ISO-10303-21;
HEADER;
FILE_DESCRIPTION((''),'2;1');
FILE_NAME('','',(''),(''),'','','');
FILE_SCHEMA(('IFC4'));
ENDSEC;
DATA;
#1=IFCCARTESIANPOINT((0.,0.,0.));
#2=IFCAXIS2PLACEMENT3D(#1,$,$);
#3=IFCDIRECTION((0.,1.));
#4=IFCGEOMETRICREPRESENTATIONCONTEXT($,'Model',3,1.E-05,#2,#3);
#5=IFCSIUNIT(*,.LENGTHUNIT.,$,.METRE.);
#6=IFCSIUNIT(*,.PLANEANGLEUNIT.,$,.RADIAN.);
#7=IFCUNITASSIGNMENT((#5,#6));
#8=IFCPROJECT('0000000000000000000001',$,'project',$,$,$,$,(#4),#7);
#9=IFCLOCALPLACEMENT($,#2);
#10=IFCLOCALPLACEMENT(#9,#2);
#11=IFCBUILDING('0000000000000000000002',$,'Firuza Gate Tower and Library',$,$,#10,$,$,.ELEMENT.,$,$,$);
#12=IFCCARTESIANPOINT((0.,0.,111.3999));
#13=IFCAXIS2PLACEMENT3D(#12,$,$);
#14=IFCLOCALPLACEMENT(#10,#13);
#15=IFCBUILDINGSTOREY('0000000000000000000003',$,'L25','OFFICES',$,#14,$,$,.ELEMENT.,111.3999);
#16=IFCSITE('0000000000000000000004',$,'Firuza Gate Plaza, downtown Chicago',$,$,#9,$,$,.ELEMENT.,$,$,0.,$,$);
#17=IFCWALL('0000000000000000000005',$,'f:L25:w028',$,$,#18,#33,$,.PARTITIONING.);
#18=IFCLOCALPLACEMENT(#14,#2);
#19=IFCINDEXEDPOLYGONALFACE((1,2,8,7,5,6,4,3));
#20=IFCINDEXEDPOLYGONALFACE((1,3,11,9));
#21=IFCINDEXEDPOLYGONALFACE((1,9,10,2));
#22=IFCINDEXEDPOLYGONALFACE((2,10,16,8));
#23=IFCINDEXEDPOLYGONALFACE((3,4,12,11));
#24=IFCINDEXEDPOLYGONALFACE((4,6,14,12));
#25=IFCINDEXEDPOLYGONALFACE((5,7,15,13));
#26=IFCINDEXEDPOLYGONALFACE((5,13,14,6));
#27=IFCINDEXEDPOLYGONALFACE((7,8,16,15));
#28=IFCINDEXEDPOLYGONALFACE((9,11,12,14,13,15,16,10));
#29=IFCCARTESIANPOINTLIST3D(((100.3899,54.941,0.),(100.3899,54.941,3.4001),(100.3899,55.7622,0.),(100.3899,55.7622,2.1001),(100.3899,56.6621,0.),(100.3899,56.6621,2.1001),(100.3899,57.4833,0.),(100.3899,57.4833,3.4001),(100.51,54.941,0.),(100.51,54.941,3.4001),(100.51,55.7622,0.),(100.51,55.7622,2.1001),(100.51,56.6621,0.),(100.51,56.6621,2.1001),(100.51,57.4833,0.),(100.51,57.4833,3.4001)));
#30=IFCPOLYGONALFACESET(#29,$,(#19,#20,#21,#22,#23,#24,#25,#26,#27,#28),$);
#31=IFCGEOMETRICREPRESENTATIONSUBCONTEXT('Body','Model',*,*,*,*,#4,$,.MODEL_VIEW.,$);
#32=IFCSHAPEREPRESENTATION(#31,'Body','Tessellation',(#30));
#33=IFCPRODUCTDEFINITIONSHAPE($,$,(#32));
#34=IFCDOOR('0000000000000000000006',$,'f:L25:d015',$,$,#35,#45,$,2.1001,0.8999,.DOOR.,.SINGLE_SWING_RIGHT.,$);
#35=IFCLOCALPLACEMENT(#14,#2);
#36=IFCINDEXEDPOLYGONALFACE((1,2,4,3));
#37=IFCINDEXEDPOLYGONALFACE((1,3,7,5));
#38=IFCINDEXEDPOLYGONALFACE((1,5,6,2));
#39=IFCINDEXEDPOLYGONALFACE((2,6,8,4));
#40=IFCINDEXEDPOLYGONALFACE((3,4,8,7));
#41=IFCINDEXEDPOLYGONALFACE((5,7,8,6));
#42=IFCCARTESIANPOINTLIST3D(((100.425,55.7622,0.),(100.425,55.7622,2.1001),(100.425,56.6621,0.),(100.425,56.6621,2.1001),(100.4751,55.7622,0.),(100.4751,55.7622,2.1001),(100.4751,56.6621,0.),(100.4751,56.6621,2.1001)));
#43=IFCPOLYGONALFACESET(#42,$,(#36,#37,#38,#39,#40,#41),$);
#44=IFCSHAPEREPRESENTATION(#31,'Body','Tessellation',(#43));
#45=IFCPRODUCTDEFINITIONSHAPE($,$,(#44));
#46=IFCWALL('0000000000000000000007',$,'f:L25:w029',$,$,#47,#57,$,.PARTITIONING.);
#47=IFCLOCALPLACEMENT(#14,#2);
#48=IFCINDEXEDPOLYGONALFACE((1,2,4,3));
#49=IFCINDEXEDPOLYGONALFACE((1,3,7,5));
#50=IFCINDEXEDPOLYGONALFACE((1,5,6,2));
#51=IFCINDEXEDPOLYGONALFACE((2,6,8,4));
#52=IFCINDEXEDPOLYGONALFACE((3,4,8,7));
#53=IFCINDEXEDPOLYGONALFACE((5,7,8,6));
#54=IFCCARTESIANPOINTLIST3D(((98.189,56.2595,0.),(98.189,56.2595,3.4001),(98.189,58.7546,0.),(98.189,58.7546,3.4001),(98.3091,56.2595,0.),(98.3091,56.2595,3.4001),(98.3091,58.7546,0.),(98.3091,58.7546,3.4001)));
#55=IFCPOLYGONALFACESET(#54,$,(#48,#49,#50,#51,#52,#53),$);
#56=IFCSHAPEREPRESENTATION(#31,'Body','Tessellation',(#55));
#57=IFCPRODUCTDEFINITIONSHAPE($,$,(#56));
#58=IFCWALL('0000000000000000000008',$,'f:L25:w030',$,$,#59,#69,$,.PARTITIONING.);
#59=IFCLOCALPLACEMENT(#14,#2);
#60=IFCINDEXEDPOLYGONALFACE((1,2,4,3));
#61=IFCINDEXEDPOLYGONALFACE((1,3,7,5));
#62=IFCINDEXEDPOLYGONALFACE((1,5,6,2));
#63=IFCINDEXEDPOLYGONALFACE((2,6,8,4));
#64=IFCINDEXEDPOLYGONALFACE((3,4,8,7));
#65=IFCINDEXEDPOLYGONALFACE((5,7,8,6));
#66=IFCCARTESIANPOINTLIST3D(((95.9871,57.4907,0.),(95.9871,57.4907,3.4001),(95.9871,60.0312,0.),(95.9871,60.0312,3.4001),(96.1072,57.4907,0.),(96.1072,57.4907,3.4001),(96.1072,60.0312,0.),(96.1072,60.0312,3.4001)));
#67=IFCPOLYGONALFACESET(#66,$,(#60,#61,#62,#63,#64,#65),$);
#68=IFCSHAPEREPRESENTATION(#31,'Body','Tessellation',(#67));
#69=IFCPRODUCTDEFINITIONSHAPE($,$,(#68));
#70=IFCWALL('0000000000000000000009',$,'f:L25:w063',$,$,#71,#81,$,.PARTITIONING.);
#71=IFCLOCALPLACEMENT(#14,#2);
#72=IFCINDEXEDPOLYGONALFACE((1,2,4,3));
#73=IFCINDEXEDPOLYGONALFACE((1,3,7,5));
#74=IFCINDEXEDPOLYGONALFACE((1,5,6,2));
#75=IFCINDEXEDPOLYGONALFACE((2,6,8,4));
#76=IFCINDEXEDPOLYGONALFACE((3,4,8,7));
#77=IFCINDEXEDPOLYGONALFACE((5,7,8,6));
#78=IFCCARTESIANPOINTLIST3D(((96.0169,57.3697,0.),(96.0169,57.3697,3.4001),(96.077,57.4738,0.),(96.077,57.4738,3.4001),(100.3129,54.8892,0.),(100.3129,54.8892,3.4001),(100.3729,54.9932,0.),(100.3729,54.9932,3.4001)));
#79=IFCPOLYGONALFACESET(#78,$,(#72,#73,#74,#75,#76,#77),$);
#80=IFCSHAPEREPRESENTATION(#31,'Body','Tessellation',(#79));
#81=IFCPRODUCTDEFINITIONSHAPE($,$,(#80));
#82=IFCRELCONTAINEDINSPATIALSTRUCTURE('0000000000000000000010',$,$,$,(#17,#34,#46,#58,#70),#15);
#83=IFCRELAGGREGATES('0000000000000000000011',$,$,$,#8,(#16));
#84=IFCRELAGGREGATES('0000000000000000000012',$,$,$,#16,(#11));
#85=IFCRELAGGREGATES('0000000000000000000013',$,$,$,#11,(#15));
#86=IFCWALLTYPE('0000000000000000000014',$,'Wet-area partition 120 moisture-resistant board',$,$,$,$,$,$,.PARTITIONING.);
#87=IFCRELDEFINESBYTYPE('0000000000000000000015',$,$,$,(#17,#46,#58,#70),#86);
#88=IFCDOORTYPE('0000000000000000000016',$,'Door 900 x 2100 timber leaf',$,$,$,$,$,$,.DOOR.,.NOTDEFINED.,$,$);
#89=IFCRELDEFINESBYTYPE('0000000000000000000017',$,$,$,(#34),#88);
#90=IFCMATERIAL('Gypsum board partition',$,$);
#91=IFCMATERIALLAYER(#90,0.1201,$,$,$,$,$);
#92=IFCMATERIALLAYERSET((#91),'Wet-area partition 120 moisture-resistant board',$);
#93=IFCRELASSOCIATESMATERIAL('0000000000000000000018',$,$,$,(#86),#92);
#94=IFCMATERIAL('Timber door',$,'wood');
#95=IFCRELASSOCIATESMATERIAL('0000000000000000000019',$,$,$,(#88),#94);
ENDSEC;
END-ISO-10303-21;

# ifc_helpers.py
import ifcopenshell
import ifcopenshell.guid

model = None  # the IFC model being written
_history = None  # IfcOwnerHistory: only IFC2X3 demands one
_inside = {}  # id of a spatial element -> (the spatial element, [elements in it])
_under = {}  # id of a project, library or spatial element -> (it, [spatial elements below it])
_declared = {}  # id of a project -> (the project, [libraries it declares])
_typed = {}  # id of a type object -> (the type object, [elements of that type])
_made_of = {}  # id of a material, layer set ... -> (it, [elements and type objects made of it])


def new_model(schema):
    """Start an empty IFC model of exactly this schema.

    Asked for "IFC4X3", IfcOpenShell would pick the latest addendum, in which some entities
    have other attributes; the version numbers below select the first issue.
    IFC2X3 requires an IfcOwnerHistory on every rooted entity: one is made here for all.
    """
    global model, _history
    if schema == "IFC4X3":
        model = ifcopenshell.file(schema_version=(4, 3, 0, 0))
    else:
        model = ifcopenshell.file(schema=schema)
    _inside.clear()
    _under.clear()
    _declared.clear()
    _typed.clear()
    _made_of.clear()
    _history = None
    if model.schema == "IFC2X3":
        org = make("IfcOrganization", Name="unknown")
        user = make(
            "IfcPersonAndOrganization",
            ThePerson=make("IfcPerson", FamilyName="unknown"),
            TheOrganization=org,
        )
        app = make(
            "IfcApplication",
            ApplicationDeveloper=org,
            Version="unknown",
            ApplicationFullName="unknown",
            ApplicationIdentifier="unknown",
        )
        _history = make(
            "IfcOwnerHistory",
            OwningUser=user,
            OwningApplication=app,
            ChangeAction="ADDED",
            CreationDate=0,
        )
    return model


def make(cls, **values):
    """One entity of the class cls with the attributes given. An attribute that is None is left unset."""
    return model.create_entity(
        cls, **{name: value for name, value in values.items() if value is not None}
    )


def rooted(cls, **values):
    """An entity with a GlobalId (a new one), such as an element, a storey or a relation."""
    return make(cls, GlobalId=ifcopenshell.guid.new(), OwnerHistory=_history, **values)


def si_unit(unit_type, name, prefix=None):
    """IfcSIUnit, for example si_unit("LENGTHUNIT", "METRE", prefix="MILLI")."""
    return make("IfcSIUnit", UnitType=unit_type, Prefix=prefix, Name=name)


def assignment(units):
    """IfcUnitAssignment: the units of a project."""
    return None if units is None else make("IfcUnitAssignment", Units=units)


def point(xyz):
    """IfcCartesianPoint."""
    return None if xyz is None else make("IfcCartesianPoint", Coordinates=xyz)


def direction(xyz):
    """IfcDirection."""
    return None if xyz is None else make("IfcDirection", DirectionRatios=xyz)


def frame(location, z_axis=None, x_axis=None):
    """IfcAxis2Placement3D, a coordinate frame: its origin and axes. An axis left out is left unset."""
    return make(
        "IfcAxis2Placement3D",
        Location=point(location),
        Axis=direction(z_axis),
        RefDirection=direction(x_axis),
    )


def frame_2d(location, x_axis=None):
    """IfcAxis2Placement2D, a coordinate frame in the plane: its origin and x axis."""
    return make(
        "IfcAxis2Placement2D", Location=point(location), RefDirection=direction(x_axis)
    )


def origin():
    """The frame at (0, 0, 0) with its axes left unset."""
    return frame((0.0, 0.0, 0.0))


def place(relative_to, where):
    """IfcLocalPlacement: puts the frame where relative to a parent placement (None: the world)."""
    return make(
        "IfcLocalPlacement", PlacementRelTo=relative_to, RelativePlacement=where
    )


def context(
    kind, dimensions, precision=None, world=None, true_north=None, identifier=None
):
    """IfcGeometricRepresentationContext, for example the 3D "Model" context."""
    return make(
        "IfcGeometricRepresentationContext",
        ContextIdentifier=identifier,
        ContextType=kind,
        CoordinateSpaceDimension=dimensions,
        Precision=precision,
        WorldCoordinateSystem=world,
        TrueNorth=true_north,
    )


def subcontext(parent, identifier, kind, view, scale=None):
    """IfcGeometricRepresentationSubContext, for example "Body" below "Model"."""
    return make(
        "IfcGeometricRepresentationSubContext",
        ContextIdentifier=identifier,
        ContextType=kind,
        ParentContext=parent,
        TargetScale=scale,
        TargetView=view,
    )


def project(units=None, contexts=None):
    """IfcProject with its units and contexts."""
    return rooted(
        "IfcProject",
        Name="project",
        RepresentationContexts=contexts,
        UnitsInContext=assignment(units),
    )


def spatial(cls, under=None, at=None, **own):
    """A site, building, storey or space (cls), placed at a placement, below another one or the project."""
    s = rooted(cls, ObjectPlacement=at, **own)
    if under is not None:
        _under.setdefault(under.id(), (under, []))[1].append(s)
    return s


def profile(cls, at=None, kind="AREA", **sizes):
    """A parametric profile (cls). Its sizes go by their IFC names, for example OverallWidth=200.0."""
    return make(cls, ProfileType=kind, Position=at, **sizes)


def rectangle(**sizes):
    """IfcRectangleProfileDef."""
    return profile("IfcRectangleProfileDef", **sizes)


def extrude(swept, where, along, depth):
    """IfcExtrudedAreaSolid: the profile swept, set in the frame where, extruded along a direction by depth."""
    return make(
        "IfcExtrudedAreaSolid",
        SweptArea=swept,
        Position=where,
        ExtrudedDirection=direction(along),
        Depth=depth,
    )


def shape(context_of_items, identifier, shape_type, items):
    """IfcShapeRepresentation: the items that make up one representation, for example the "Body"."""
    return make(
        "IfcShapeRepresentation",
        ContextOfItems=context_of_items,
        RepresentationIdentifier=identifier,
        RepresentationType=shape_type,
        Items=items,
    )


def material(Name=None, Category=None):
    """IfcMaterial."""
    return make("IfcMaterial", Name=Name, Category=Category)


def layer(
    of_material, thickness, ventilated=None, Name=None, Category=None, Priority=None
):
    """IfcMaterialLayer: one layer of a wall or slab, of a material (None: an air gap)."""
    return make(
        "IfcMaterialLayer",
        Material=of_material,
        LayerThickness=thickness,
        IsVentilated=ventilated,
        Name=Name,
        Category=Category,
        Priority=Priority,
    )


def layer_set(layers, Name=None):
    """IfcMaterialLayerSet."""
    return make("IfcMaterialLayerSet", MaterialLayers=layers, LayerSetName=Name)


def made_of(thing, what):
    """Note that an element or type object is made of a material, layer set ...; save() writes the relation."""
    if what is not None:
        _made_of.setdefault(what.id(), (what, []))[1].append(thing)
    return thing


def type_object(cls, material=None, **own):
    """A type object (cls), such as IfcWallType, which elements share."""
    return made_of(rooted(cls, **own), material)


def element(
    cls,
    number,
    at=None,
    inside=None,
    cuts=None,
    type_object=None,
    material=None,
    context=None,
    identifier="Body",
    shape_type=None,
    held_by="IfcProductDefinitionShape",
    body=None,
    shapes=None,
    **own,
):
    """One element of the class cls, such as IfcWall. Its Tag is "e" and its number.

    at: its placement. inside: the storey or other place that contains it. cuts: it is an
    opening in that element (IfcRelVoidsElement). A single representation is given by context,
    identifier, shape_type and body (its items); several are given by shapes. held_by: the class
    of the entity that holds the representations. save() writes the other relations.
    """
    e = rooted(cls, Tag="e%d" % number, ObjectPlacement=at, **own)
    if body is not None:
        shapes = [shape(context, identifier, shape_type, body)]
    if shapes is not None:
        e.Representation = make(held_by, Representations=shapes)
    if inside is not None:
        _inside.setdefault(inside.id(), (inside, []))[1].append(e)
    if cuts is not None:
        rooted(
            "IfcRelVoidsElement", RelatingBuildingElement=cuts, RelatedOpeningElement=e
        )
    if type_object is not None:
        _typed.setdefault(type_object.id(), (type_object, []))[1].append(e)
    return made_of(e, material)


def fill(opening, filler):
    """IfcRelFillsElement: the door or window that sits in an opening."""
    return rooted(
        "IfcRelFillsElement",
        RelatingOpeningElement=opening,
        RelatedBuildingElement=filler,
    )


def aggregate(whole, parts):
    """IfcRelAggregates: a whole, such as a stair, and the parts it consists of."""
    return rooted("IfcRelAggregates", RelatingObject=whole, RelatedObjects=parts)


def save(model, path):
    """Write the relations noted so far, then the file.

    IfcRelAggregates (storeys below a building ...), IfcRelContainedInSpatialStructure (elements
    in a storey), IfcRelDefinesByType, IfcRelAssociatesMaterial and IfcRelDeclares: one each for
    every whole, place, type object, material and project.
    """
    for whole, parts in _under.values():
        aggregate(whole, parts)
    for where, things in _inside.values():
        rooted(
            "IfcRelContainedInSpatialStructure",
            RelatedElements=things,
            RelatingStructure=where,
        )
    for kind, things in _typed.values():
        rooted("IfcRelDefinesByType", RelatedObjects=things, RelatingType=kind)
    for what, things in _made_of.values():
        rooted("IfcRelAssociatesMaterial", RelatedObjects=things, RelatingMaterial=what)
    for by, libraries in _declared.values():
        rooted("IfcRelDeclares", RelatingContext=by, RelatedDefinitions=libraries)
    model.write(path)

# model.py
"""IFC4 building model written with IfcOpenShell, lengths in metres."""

from ifc_helpers import new_model, si_unit, direction, frame, frame_2d, origin, place, context, subcontext, project, spatial, rectangle, extrude, material, layer, layer_set, type_object, element, fill, save


model = new_model("IFC4")

# Units and contexts
model_context = context("Model", 3, precision=1e-05, world=origin(), true_north=direction((0.0, 1.0)))
body_context = subcontext(model_context, "Body", "Model", "MODEL_VIEW")
ifc_project = project(units=[si_unit("LENGTHUNIT", "METRE"), si_unit("PLANEANGLEUNIT", "RADIAN")], contexts=[model_context])

# Site, building, storey
site_placement = place(None, origin())
site = spatial("IfcSite", under=ifc_project, at=site_placement, Name="Firuza Gate Plaza, downtown Chicago", CompositionType="ELEMENT", RefElevation=0.0)
building_placement = place(site_placement, origin())
building = spatial("IfcBuilding", under=site, at=building_placement, Name="Firuza Gate Tower and Library", CompositionType="ELEMENT")
storey_placement = place(building_placement, frame((0.0, 0.0, 111.3999)))
storey = spatial("IfcBuildingStorey", under=building, at=storey_placement, Name="L25", Description="OFFICES", CompositionType="ELEMENT", Elevation=111.3999)

# Shared definitions
ifc_material_1 = material(Name="Gypsum board partition")
ifc_layer_1 = layer(ifc_material_1, 0.1201)
ifc_layer_set_1 = layer_set([ifc_layer_1], Name="Wet-area partition 120 moisture-resistant board")
wall_type_1 = type_object("IfcWallType", Name="Wet-area partition 120 moisture-resistant board", PredefinedType="PARTITIONING", material=ifc_layer_set_1)

# Wall, opening, door
wall_1_placement = place(storey_placement, frame((100.45, 54.9412, 0.0), z_axis=(0.0, 0.0, 1.0), x_axis=(0.0, 1.0, 0.0)))
wall_1 = element("IfcWall", 1, at=wall_1_placement, inside=storey, type_object=wall_type_1, Name="f:L25:w028", PredefinedType="PARTITIONING", context=body_context, shape_type="SweptSolid", body=[
    extrude(rectangle(XDim=2.5422, YDim=0.1201, at=frame_2d((1.271, 0.0))), origin(), (0.0, 0.0, 1.0), 3.4001),
])
opening_1_placement = place(wall_1_placement, frame((0.821, 0.0, 0.0)))
opening_1 = element("IfcOpeningElement", 2, at=opening_1_placement, cuts=wall_1, PredefinedType="OPENING", context=body_context, shape_type="SweptSolid", body=[
    extrude(rectangle(XDim=0.8999, YDim=2.1001, at=frame_2d((0.45, 1.05))), frame((0.0, 0.0701, 0.0), z_axis=(0.0, -1.0, 0.0), x_axis=(1.0, 0.0, 0.0)), (0.0, 0.0, 1.0), 0.1401),
])
ifc_material_2 = material(Name="Timber door", Category="wood")
door_type_1 = type_object("IfcDoorType", Name="Door 900 x 2100 timber leaf", OperationType="NOTDEFINED", PredefinedType="DOOR", material=ifc_material_2)
door_1_placement = place(opening_1_placement, origin())
door_1 = element("IfcDoor", 3, at=door_1_placement, inside=storey, type_object=door_type_1, Name="f:L25:d015", OperationType="SINGLE_SWING_RIGHT", OverallHeight=2.1001, OverallWidth=0.8999, PredefinedType="DOOR", context=body_context, shape_type="SweptSolid", body=[
    extrude(rectangle(XDim=0.8999, YDim=2.1001, at=frame_2d((0.45, 1.05))), frame((0.0, 0.0249, 0.0), z_axis=(0.0, -1.0, 0.0), x_axis=(1.0, 0.0, 0.0)), (0.0, 0.0, 1.0), 0.05),
])
fill(opening_1, door_1)

# Walls
wall_2_placement = place(storey_placement, frame((98.249, 56.2595, 0.0), z_axis=(0.0, 0.0, 1.0), x_axis=(0.0, 1.0, 0.0)))
element("IfcWall", 4, at=wall_2_placement, inside=storey, type_object=wall_type_1, Name="f:L25:w029", PredefinedType="PARTITIONING", context=body_context, shape_type="SweptSolid", body=[
    extrude(rectangle(XDim=2.4951, YDim=0.1201, at=frame_2d((1.2476, 0.0))), origin(), (0.0, 0.0, 1.0), 3.4001),
])
wall_3_placement = place(storey_placement, frame((96.0471, 57.4907, 0.0), z_axis=(0.0, 0.0, 1.0), x_axis=(0.0, 1.0, 0.0)))
element("IfcWall", 5, at=wall_3_placement, inside=storey, type_object=wall_type_1, Name="f:L25:w030", PredefinedType="PARTITIONING", context=body_context, shape_type="SweptSolid", body=[
    extrude(rectangle(XDim=2.5405, YDim=0.1201, at=frame_2d((1.2703, 0.0))), origin(), (0.0, 0.0, 1.0), 3.4001),
])
wall_4_placement = place(storey_placement, frame((100.343, 54.9412, 0.0), z_axis=(0.0, 0.0, 1.0), x_axis=(-0.866005, 0.500035, 0.0)))
element("IfcWall", 6, at=wall_4_placement, inside=storey, type_object=wall_type_1, Name="f:L25:w063", PredefinedType="PARTITIONING", context=body_context, shape_type="SweptSolid", body=[
    extrude(rectangle(XDim=4.9607, YDim=0.1201, at=frame_2d((2.4805, 0.0))), origin(), (0.0, 0.0, 1.0), 3.4001),
])

save(model, "model.ifc")
